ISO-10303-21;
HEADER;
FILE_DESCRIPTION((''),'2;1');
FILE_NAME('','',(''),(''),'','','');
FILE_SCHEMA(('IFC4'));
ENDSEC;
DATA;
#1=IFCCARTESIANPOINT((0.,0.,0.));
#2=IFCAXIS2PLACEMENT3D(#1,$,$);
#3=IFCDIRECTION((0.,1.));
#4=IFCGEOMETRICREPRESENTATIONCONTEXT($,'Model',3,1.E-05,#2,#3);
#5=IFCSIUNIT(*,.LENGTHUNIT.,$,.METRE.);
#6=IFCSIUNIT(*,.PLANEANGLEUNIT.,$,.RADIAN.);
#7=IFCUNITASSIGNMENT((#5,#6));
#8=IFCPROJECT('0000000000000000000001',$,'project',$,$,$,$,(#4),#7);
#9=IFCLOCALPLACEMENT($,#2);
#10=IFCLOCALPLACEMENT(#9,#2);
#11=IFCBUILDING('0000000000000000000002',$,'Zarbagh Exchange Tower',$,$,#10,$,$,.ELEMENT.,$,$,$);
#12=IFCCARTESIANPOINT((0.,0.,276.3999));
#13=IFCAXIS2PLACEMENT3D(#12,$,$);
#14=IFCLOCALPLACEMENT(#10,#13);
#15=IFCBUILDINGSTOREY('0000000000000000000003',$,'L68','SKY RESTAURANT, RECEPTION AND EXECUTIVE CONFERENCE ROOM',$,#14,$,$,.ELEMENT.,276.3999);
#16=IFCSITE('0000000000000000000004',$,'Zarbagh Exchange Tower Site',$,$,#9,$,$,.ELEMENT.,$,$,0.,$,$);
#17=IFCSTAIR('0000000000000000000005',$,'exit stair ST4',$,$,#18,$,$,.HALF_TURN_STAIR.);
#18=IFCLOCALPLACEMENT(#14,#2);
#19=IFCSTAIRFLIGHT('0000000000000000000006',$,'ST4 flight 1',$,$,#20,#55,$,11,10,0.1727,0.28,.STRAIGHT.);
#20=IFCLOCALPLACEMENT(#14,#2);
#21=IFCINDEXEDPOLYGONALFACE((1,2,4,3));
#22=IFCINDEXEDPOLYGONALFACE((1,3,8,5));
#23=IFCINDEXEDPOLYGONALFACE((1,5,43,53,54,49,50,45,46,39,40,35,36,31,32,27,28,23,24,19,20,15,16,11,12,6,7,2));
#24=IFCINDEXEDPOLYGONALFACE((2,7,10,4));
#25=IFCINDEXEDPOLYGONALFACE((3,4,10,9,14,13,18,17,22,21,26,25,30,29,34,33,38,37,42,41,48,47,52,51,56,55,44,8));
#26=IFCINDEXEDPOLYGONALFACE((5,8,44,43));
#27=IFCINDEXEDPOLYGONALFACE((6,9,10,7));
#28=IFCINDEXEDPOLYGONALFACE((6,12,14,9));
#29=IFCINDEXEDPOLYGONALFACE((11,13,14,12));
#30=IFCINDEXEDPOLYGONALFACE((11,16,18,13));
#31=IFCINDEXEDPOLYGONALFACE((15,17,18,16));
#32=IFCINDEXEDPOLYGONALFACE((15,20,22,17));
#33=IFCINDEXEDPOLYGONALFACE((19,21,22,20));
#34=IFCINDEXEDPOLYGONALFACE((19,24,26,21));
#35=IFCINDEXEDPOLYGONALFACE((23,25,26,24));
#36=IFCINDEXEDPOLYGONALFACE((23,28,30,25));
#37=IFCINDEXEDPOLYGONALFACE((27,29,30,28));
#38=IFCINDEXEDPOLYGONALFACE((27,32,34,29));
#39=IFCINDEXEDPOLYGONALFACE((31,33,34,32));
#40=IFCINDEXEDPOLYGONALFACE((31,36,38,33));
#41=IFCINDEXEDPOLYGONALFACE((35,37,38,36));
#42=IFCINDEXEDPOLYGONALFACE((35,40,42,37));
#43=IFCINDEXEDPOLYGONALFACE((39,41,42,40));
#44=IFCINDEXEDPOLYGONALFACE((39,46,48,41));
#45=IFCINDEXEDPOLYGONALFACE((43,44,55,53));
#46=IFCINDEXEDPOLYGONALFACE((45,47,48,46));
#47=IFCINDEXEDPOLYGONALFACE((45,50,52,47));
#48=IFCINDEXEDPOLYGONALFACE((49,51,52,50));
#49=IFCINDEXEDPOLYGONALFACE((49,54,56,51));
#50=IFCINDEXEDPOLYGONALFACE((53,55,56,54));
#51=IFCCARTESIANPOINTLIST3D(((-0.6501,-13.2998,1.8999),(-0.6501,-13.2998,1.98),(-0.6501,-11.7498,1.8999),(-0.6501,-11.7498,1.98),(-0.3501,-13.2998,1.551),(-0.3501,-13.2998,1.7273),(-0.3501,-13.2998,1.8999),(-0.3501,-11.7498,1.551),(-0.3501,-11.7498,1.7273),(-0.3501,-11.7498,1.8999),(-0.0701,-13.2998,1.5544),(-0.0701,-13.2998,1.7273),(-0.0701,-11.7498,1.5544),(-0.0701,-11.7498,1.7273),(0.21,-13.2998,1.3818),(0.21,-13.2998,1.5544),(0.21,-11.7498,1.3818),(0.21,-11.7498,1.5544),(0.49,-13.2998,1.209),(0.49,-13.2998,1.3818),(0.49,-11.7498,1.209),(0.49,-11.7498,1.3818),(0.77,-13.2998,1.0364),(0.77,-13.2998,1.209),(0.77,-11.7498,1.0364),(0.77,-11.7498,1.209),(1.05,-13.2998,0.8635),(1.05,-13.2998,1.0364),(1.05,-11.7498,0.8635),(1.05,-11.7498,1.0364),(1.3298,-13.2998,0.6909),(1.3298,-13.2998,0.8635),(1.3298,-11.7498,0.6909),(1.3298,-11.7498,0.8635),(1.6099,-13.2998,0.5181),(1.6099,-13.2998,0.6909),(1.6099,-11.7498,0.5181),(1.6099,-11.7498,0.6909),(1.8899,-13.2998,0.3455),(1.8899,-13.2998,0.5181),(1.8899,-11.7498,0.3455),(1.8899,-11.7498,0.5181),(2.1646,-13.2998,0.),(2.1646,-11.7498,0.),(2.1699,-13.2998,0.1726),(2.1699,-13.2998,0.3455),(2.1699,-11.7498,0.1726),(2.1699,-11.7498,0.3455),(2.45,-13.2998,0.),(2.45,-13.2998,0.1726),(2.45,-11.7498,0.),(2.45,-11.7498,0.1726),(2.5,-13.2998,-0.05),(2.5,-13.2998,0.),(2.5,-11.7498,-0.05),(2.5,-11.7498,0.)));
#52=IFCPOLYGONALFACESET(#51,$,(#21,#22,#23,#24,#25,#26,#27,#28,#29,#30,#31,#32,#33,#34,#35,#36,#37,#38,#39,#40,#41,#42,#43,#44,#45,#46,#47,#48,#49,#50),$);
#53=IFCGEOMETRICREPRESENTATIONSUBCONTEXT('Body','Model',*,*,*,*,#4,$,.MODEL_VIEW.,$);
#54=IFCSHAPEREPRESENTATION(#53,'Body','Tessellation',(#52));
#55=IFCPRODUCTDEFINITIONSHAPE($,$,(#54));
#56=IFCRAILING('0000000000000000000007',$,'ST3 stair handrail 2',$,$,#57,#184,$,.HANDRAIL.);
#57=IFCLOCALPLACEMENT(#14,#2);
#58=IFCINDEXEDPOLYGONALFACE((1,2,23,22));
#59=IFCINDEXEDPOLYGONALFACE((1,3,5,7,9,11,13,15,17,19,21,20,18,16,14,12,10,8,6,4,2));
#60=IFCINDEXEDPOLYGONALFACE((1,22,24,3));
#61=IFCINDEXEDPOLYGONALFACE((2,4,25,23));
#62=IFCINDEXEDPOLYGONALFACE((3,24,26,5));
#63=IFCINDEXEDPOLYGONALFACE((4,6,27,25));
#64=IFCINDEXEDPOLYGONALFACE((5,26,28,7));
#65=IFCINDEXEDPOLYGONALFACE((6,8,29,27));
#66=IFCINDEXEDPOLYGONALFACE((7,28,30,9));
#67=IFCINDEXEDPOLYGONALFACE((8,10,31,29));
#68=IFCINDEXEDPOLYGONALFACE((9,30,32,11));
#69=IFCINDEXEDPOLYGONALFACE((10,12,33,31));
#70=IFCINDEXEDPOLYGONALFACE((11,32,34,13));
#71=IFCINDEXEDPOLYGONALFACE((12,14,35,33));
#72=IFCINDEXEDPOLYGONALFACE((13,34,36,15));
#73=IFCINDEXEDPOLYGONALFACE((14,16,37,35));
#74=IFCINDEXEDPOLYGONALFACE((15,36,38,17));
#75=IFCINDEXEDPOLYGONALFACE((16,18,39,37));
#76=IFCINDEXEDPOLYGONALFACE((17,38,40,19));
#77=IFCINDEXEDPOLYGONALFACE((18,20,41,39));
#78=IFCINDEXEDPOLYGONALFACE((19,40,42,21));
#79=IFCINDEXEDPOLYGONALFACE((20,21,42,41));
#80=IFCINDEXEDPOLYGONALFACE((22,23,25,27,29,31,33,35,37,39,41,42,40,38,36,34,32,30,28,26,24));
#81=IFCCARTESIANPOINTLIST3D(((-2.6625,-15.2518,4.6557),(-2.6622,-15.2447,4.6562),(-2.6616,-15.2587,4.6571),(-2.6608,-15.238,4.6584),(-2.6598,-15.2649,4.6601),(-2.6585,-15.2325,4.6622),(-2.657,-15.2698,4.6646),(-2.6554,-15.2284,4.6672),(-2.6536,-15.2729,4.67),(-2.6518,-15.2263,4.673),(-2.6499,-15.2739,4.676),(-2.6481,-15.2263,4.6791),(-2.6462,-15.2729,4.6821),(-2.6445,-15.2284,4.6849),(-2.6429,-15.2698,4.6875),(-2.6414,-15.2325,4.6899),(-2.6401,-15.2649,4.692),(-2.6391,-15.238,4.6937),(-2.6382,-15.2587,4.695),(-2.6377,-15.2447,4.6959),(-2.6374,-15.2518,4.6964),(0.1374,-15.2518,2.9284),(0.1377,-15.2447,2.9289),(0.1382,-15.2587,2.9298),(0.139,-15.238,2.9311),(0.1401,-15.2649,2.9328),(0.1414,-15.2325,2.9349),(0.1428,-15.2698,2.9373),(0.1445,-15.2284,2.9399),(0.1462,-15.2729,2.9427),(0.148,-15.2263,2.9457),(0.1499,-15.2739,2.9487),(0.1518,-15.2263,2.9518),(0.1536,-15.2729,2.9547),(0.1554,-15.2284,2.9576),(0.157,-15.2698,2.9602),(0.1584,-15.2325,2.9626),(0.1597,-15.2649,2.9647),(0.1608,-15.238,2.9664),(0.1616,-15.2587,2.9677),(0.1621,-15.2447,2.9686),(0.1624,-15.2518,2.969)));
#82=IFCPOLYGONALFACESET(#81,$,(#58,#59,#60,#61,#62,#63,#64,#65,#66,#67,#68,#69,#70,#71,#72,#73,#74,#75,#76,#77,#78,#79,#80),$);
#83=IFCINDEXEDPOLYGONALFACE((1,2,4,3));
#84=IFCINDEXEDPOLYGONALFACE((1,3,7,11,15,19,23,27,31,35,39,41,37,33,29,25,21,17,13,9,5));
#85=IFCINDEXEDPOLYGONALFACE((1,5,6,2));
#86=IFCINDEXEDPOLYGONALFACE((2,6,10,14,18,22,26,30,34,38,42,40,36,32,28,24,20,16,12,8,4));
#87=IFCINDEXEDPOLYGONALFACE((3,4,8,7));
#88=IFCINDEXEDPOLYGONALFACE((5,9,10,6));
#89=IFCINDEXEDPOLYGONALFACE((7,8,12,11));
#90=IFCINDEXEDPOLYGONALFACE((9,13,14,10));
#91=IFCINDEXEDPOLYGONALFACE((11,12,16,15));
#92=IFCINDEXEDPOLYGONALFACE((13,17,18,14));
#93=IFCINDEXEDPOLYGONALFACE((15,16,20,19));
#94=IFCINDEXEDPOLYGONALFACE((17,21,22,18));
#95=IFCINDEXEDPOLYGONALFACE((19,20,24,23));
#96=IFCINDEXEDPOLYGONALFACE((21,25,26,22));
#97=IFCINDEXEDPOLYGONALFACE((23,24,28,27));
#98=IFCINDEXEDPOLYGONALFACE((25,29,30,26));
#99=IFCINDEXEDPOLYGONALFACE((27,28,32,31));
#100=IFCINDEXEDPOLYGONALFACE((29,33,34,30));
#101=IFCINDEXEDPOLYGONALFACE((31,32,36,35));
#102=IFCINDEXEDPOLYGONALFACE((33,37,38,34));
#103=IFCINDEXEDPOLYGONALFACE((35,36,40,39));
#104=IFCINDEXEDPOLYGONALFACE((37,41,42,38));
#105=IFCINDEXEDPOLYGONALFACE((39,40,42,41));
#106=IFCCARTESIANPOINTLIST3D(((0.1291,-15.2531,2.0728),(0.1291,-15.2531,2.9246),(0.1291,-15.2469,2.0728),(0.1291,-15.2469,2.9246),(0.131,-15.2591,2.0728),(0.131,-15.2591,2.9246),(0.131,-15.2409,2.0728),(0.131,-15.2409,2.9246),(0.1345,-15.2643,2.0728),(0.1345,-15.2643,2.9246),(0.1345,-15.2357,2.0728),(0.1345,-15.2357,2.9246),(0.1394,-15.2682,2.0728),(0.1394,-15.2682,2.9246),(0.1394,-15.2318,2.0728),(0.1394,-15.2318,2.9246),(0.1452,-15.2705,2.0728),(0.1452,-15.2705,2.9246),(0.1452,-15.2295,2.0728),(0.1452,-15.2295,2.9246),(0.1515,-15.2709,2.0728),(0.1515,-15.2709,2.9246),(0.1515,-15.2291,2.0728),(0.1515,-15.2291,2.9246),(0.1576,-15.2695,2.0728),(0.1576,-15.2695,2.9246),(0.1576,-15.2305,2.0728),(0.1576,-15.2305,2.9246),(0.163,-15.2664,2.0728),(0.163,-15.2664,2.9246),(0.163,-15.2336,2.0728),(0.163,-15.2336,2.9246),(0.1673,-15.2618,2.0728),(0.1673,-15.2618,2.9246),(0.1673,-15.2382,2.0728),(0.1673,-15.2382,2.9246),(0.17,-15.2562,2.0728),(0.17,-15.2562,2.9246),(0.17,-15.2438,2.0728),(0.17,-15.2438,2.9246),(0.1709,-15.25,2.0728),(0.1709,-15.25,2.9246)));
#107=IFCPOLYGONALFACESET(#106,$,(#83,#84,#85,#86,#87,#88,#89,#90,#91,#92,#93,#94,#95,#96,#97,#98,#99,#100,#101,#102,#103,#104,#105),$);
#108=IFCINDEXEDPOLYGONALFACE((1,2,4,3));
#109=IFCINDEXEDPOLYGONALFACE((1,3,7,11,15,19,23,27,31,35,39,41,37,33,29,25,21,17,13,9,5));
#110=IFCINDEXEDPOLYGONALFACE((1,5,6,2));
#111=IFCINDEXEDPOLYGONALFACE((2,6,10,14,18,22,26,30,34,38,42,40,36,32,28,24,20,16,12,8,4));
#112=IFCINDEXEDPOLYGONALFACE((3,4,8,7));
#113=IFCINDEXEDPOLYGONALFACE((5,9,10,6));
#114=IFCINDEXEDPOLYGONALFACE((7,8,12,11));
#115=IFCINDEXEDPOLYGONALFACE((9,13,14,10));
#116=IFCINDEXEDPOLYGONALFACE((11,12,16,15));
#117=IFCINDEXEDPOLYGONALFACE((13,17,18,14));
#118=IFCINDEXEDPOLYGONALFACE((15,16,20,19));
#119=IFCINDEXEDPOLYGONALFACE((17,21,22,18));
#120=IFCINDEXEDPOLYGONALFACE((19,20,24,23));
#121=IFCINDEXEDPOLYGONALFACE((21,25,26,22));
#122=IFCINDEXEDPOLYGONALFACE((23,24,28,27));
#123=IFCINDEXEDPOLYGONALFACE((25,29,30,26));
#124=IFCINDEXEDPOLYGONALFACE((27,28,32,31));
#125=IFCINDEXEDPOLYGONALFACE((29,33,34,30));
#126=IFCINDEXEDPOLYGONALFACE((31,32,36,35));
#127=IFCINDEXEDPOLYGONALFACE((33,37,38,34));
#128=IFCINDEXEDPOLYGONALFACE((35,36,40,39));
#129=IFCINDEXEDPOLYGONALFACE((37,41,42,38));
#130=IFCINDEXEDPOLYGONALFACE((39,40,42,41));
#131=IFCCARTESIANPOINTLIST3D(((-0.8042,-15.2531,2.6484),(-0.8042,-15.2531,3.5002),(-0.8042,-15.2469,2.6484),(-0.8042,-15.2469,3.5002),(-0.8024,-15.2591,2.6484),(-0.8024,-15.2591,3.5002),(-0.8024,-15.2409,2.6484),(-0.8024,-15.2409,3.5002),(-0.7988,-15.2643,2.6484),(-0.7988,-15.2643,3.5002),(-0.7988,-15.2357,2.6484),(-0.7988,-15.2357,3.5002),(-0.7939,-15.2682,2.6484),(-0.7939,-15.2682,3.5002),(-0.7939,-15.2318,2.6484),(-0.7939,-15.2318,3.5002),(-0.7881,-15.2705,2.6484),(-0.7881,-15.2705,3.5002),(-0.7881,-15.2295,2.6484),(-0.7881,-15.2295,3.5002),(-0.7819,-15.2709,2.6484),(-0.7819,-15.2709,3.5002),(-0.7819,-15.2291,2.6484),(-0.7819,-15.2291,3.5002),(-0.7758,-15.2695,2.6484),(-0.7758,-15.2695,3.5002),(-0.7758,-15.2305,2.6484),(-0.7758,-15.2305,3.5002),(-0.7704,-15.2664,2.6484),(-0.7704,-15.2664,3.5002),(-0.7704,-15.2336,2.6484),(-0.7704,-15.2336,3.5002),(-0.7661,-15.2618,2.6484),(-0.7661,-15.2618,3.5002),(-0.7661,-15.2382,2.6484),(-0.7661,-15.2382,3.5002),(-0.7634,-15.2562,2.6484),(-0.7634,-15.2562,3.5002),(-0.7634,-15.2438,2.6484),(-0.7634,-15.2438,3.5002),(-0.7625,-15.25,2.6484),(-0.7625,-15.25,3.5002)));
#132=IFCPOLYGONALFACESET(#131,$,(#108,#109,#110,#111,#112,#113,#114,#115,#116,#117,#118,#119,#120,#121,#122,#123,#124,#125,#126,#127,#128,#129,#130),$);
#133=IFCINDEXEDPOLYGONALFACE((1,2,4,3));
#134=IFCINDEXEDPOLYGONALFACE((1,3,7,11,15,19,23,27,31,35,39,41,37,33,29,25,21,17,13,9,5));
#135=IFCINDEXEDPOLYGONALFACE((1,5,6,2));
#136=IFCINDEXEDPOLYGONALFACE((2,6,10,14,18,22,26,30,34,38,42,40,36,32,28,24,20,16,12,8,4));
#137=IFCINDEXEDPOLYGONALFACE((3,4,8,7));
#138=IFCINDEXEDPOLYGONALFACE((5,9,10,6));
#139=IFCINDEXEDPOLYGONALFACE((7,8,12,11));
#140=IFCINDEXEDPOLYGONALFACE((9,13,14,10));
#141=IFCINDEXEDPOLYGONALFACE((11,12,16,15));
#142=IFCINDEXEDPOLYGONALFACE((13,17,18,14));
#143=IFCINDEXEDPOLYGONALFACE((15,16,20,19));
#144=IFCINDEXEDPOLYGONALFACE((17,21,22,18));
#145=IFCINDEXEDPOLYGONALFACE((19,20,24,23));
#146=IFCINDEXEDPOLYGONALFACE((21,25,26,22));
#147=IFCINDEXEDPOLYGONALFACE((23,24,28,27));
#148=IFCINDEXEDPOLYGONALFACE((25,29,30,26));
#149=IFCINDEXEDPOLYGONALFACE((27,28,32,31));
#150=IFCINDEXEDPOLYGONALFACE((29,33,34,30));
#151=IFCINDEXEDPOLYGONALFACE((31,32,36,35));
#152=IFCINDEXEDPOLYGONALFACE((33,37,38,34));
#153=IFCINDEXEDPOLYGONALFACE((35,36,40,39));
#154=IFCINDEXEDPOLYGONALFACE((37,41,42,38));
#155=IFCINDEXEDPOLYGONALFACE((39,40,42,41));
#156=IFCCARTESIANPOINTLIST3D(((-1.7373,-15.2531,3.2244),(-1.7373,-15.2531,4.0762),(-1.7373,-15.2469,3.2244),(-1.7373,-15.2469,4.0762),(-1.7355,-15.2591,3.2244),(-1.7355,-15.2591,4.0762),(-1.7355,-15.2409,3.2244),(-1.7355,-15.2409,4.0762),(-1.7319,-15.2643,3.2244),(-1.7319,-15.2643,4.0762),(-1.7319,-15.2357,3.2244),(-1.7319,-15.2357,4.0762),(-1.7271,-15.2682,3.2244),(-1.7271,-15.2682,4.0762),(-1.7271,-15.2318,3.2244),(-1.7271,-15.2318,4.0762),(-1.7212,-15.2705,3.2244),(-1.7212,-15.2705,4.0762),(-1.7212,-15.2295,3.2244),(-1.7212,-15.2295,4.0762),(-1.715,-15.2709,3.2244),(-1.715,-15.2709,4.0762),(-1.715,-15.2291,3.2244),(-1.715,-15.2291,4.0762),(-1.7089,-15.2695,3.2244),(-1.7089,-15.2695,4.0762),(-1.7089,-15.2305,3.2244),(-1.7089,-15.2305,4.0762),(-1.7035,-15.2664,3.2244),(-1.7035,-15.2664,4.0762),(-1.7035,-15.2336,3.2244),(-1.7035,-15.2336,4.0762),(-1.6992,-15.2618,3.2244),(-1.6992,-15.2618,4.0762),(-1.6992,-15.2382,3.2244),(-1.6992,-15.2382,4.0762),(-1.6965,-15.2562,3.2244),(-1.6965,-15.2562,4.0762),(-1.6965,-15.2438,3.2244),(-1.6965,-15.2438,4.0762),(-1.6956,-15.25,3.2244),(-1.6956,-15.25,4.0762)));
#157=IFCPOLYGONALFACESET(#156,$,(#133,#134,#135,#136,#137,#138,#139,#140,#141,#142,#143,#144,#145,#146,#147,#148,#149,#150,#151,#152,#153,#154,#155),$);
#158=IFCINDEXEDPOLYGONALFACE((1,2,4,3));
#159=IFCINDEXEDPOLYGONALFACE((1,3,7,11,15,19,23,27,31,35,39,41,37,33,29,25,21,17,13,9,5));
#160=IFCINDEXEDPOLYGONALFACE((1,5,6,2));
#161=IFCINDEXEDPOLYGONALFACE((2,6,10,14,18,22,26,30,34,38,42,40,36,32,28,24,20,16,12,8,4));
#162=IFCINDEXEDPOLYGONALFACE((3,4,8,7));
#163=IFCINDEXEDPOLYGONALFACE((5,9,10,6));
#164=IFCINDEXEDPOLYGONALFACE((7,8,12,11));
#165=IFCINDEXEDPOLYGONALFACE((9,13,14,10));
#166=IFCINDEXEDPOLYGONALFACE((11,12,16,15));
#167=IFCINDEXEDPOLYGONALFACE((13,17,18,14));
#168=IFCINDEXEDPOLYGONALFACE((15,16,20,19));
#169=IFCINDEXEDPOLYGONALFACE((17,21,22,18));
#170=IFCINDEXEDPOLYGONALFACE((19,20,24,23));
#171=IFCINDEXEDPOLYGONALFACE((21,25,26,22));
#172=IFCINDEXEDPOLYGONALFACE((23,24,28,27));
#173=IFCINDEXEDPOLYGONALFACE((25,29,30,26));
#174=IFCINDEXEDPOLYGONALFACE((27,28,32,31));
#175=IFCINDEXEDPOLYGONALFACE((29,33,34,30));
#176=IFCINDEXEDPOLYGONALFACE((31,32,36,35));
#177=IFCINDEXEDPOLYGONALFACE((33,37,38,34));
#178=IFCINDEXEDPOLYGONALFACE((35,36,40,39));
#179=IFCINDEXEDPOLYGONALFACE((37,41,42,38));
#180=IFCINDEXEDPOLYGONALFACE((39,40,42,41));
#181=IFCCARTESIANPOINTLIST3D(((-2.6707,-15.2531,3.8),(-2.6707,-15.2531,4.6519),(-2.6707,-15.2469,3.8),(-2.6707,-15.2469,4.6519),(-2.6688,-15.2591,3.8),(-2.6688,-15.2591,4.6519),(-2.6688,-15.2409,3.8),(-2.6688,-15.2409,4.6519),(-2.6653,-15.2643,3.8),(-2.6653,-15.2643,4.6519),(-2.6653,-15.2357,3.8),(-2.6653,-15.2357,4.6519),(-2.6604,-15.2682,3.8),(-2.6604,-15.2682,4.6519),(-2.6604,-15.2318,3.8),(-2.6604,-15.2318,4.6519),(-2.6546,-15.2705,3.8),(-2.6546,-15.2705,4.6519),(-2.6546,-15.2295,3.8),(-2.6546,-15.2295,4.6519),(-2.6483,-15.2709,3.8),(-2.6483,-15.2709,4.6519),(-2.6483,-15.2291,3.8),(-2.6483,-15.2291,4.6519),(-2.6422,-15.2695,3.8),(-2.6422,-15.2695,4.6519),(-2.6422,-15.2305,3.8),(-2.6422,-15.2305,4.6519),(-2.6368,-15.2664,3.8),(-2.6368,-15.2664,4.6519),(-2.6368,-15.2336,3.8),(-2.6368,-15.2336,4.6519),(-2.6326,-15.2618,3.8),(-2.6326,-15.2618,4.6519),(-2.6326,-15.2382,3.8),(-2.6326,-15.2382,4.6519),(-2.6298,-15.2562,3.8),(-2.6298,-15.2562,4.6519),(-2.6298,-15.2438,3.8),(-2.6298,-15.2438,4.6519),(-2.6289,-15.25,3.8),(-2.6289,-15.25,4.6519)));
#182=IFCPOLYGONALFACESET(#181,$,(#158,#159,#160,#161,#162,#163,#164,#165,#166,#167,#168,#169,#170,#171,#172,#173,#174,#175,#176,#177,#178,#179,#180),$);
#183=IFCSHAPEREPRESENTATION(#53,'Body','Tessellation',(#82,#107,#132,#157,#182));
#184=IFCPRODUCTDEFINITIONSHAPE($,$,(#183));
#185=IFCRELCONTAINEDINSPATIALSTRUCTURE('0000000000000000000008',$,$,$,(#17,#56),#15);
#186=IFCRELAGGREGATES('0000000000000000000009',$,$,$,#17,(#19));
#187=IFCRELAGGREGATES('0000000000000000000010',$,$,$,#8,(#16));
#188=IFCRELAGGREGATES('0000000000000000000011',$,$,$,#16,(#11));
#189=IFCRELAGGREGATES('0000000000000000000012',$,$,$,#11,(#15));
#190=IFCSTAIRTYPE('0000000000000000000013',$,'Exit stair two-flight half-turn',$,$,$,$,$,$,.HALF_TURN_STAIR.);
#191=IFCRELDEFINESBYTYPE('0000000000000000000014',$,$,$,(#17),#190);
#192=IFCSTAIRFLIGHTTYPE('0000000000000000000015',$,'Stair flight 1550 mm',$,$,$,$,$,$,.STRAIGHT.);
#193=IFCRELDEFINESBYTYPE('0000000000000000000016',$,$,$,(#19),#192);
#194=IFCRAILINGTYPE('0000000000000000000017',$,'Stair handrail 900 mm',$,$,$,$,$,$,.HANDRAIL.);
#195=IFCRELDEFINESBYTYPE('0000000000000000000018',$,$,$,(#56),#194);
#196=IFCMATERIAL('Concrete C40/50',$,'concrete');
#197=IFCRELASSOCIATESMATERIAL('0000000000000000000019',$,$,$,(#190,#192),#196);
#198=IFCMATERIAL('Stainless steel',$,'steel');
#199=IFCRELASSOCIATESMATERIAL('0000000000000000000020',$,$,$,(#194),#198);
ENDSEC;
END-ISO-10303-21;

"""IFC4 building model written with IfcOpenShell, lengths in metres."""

from ifc_helpers import new_model, si_unit, direction, frame, origin, origin_2d, place, context, subcontext, project, spatial, polyline, circle, outline, extrude, material, type_object, element, aggregate, save


model = new_model("IFC4")

# Units and contexts
model_context = context("Model", 3, precision=1e-05, world=origin(), true_north=direction((0.0, 1.0)))
body_context = subcontext(model_context, "Body", "Model", "MODEL_VIEW")
ifc_project = project(units=[si_unit("LENGTHUNIT", "METRE"), si_unit("PLANEANGLEUNIT", "RADIAN")], contexts=[model_context])

# Site, building, storey
site_placement = place(None, origin())
site = spatial("IfcSite", under=ifc_project, at=site_placement, Name="Zarbagh Exchange Tower Site", CompositionType="ELEMENT", RefElevation=0.0)
building_placement = place(site_placement, origin())
building = spatial("IfcBuilding", under=site, at=building_placement, Name="Zarbagh Exchange Tower", CompositionType="ELEMENT")
storey_placement = place(building_placement, frame((0.0, 0.0, 276.3999)))
storey = spatial("IfcBuildingStorey", under=building, at=storey_placement, Name="L68", Description="SKY RESTAURANT, RECEPTION AND EXECUTIVE CONFERENCE ROOM", CompositionType="ELEMENT", Elevation=276.3999)

# Shared definitions
ifc_material_1 = material(Name="Stainless steel", Category="steel")

# Shared definitions
ifc_material_2 = material(Name="Concrete C40/50", Category="concrete")

# Stair, stair flight
stair_type = type_object("IfcStairType", Name="Exit stair two-flight half-turn", PredefinedType="HALF_TURN_STAIR", material=ifc_material_2)
stair_1_placement = place(storey_placement, origin())
stair_1 = element("IfcStair", 1, at=stair_1_placement, inside=storey, type_object=stair_type, Name="exit stair ST4", PredefinedType="HALF_TURN_STAIR")
stair_flight_type_1 = type_object("IfcStairFlightType", Name="Stair flight 1550 mm", PredefinedType="STRAIGHT", material=ifc_material_2)
stair_flight_1_placement = place(storey_placement, frame((2.45, -12.5249, 0.0), z_axis=(0.0, 0.0, 1.0), x_axis=(-1.0, 0.0, 0.0)))
stair_flight_1 = element("IfcStairFlight", 2, at=stair_flight_1_placement, type_object=stair_flight_type_1, Name="ST4 flight 1", NumberOfRisers=11, NumberOfTreads=10, PredefinedType="STRAIGHT", RiserHeight=0.1727, TreadLength=0.28, context=body_context, shape_type="SweptSolid", body=[
    extrude(outline(polyline([(-0.05, -0.05), (-0.05, 0.0), (0.0, 0.0), (0.0, 0.1726), (0.28, 0.1726), (0.28, 0.3455), (0.5601, 0.3455), (0.5601, 0.5181), (0.8401, 0.5181), (0.8401, 0.6909), (1.1201, 0.6909), (1.1201, 0.8635), (1.3999, 0.8635), (1.3999, 1.0364), (1.6799, 1.0364), (1.6799, 1.209), (1.96, 1.209), (1.96, 1.3818), (2.24, 1.3818), (2.24, 1.5544), (2.52, 1.5544), (2.52, 1.7273), (2.8, 1.7273), (2.8, 1.8999), (3.1001, 1.98), (3.1001, 1.8999), (2.8, 1.551), (0.2854, 0.0), (-0.05, -0.05)])), frame((0.0, 0.7749, 0.0), z_axis=(0.0, -1.0, 0.0), x_axis=(1.0, 0.0, 0.0)), (0.0, 0.0, 1.0), 1.55),
])
aggregate(stair_1, [stair_flight_1])

# Railing
railing_type = type_object("IfcRailingType", Name="Stair handrail 900 mm", PredefinedType="HANDRAIL", material=ifc_material_1)
railing_1_placement = place(storey_placement, frame((0.1499, -15.25, 2.0728)))
element("IfcRailing", 3, at=railing_1_placement, inside=storey, type_object=railing_type, Name="ST3 stair handrail 2", PredefinedType="HANDRAIL", context=body_context, shape_type="SweptSolid", body=[
    extrude(circle(Radius=0.0239, at=origin_2d()), frame((0.0, 0.0, 0.876), z_axis=(-0.851069, 0.0, 0.525054), x_axis=(0.0, -1.0, 0.0)), (0.0, 0.0, 1.0), 3.2898),
    extrude(circle(Radius=0.021, at=origin_2d()), origin(), (0.0, 0.0, 1.0), 0.8518),
    extrude(circle(Radius=0.021, at=origin_2d()), frame((-0.9333, 0.0, 0.5757)), (0.0, 0.0, 1.0), 0.8518),
    extrude(circle(Radius=0.021, at=origin_2d()), frame((-1.8665, 0.0, 1.1516)), (0.0, 0.0, 1.0), 0.8518),
    extrude(circle(Radius=0.021, at=origin_2d()), frame((-2.7998, 0.0, 1.7273)), (0.0, 0.0, 1.0), 0.8518),
])

save(model, "model.ifc")
